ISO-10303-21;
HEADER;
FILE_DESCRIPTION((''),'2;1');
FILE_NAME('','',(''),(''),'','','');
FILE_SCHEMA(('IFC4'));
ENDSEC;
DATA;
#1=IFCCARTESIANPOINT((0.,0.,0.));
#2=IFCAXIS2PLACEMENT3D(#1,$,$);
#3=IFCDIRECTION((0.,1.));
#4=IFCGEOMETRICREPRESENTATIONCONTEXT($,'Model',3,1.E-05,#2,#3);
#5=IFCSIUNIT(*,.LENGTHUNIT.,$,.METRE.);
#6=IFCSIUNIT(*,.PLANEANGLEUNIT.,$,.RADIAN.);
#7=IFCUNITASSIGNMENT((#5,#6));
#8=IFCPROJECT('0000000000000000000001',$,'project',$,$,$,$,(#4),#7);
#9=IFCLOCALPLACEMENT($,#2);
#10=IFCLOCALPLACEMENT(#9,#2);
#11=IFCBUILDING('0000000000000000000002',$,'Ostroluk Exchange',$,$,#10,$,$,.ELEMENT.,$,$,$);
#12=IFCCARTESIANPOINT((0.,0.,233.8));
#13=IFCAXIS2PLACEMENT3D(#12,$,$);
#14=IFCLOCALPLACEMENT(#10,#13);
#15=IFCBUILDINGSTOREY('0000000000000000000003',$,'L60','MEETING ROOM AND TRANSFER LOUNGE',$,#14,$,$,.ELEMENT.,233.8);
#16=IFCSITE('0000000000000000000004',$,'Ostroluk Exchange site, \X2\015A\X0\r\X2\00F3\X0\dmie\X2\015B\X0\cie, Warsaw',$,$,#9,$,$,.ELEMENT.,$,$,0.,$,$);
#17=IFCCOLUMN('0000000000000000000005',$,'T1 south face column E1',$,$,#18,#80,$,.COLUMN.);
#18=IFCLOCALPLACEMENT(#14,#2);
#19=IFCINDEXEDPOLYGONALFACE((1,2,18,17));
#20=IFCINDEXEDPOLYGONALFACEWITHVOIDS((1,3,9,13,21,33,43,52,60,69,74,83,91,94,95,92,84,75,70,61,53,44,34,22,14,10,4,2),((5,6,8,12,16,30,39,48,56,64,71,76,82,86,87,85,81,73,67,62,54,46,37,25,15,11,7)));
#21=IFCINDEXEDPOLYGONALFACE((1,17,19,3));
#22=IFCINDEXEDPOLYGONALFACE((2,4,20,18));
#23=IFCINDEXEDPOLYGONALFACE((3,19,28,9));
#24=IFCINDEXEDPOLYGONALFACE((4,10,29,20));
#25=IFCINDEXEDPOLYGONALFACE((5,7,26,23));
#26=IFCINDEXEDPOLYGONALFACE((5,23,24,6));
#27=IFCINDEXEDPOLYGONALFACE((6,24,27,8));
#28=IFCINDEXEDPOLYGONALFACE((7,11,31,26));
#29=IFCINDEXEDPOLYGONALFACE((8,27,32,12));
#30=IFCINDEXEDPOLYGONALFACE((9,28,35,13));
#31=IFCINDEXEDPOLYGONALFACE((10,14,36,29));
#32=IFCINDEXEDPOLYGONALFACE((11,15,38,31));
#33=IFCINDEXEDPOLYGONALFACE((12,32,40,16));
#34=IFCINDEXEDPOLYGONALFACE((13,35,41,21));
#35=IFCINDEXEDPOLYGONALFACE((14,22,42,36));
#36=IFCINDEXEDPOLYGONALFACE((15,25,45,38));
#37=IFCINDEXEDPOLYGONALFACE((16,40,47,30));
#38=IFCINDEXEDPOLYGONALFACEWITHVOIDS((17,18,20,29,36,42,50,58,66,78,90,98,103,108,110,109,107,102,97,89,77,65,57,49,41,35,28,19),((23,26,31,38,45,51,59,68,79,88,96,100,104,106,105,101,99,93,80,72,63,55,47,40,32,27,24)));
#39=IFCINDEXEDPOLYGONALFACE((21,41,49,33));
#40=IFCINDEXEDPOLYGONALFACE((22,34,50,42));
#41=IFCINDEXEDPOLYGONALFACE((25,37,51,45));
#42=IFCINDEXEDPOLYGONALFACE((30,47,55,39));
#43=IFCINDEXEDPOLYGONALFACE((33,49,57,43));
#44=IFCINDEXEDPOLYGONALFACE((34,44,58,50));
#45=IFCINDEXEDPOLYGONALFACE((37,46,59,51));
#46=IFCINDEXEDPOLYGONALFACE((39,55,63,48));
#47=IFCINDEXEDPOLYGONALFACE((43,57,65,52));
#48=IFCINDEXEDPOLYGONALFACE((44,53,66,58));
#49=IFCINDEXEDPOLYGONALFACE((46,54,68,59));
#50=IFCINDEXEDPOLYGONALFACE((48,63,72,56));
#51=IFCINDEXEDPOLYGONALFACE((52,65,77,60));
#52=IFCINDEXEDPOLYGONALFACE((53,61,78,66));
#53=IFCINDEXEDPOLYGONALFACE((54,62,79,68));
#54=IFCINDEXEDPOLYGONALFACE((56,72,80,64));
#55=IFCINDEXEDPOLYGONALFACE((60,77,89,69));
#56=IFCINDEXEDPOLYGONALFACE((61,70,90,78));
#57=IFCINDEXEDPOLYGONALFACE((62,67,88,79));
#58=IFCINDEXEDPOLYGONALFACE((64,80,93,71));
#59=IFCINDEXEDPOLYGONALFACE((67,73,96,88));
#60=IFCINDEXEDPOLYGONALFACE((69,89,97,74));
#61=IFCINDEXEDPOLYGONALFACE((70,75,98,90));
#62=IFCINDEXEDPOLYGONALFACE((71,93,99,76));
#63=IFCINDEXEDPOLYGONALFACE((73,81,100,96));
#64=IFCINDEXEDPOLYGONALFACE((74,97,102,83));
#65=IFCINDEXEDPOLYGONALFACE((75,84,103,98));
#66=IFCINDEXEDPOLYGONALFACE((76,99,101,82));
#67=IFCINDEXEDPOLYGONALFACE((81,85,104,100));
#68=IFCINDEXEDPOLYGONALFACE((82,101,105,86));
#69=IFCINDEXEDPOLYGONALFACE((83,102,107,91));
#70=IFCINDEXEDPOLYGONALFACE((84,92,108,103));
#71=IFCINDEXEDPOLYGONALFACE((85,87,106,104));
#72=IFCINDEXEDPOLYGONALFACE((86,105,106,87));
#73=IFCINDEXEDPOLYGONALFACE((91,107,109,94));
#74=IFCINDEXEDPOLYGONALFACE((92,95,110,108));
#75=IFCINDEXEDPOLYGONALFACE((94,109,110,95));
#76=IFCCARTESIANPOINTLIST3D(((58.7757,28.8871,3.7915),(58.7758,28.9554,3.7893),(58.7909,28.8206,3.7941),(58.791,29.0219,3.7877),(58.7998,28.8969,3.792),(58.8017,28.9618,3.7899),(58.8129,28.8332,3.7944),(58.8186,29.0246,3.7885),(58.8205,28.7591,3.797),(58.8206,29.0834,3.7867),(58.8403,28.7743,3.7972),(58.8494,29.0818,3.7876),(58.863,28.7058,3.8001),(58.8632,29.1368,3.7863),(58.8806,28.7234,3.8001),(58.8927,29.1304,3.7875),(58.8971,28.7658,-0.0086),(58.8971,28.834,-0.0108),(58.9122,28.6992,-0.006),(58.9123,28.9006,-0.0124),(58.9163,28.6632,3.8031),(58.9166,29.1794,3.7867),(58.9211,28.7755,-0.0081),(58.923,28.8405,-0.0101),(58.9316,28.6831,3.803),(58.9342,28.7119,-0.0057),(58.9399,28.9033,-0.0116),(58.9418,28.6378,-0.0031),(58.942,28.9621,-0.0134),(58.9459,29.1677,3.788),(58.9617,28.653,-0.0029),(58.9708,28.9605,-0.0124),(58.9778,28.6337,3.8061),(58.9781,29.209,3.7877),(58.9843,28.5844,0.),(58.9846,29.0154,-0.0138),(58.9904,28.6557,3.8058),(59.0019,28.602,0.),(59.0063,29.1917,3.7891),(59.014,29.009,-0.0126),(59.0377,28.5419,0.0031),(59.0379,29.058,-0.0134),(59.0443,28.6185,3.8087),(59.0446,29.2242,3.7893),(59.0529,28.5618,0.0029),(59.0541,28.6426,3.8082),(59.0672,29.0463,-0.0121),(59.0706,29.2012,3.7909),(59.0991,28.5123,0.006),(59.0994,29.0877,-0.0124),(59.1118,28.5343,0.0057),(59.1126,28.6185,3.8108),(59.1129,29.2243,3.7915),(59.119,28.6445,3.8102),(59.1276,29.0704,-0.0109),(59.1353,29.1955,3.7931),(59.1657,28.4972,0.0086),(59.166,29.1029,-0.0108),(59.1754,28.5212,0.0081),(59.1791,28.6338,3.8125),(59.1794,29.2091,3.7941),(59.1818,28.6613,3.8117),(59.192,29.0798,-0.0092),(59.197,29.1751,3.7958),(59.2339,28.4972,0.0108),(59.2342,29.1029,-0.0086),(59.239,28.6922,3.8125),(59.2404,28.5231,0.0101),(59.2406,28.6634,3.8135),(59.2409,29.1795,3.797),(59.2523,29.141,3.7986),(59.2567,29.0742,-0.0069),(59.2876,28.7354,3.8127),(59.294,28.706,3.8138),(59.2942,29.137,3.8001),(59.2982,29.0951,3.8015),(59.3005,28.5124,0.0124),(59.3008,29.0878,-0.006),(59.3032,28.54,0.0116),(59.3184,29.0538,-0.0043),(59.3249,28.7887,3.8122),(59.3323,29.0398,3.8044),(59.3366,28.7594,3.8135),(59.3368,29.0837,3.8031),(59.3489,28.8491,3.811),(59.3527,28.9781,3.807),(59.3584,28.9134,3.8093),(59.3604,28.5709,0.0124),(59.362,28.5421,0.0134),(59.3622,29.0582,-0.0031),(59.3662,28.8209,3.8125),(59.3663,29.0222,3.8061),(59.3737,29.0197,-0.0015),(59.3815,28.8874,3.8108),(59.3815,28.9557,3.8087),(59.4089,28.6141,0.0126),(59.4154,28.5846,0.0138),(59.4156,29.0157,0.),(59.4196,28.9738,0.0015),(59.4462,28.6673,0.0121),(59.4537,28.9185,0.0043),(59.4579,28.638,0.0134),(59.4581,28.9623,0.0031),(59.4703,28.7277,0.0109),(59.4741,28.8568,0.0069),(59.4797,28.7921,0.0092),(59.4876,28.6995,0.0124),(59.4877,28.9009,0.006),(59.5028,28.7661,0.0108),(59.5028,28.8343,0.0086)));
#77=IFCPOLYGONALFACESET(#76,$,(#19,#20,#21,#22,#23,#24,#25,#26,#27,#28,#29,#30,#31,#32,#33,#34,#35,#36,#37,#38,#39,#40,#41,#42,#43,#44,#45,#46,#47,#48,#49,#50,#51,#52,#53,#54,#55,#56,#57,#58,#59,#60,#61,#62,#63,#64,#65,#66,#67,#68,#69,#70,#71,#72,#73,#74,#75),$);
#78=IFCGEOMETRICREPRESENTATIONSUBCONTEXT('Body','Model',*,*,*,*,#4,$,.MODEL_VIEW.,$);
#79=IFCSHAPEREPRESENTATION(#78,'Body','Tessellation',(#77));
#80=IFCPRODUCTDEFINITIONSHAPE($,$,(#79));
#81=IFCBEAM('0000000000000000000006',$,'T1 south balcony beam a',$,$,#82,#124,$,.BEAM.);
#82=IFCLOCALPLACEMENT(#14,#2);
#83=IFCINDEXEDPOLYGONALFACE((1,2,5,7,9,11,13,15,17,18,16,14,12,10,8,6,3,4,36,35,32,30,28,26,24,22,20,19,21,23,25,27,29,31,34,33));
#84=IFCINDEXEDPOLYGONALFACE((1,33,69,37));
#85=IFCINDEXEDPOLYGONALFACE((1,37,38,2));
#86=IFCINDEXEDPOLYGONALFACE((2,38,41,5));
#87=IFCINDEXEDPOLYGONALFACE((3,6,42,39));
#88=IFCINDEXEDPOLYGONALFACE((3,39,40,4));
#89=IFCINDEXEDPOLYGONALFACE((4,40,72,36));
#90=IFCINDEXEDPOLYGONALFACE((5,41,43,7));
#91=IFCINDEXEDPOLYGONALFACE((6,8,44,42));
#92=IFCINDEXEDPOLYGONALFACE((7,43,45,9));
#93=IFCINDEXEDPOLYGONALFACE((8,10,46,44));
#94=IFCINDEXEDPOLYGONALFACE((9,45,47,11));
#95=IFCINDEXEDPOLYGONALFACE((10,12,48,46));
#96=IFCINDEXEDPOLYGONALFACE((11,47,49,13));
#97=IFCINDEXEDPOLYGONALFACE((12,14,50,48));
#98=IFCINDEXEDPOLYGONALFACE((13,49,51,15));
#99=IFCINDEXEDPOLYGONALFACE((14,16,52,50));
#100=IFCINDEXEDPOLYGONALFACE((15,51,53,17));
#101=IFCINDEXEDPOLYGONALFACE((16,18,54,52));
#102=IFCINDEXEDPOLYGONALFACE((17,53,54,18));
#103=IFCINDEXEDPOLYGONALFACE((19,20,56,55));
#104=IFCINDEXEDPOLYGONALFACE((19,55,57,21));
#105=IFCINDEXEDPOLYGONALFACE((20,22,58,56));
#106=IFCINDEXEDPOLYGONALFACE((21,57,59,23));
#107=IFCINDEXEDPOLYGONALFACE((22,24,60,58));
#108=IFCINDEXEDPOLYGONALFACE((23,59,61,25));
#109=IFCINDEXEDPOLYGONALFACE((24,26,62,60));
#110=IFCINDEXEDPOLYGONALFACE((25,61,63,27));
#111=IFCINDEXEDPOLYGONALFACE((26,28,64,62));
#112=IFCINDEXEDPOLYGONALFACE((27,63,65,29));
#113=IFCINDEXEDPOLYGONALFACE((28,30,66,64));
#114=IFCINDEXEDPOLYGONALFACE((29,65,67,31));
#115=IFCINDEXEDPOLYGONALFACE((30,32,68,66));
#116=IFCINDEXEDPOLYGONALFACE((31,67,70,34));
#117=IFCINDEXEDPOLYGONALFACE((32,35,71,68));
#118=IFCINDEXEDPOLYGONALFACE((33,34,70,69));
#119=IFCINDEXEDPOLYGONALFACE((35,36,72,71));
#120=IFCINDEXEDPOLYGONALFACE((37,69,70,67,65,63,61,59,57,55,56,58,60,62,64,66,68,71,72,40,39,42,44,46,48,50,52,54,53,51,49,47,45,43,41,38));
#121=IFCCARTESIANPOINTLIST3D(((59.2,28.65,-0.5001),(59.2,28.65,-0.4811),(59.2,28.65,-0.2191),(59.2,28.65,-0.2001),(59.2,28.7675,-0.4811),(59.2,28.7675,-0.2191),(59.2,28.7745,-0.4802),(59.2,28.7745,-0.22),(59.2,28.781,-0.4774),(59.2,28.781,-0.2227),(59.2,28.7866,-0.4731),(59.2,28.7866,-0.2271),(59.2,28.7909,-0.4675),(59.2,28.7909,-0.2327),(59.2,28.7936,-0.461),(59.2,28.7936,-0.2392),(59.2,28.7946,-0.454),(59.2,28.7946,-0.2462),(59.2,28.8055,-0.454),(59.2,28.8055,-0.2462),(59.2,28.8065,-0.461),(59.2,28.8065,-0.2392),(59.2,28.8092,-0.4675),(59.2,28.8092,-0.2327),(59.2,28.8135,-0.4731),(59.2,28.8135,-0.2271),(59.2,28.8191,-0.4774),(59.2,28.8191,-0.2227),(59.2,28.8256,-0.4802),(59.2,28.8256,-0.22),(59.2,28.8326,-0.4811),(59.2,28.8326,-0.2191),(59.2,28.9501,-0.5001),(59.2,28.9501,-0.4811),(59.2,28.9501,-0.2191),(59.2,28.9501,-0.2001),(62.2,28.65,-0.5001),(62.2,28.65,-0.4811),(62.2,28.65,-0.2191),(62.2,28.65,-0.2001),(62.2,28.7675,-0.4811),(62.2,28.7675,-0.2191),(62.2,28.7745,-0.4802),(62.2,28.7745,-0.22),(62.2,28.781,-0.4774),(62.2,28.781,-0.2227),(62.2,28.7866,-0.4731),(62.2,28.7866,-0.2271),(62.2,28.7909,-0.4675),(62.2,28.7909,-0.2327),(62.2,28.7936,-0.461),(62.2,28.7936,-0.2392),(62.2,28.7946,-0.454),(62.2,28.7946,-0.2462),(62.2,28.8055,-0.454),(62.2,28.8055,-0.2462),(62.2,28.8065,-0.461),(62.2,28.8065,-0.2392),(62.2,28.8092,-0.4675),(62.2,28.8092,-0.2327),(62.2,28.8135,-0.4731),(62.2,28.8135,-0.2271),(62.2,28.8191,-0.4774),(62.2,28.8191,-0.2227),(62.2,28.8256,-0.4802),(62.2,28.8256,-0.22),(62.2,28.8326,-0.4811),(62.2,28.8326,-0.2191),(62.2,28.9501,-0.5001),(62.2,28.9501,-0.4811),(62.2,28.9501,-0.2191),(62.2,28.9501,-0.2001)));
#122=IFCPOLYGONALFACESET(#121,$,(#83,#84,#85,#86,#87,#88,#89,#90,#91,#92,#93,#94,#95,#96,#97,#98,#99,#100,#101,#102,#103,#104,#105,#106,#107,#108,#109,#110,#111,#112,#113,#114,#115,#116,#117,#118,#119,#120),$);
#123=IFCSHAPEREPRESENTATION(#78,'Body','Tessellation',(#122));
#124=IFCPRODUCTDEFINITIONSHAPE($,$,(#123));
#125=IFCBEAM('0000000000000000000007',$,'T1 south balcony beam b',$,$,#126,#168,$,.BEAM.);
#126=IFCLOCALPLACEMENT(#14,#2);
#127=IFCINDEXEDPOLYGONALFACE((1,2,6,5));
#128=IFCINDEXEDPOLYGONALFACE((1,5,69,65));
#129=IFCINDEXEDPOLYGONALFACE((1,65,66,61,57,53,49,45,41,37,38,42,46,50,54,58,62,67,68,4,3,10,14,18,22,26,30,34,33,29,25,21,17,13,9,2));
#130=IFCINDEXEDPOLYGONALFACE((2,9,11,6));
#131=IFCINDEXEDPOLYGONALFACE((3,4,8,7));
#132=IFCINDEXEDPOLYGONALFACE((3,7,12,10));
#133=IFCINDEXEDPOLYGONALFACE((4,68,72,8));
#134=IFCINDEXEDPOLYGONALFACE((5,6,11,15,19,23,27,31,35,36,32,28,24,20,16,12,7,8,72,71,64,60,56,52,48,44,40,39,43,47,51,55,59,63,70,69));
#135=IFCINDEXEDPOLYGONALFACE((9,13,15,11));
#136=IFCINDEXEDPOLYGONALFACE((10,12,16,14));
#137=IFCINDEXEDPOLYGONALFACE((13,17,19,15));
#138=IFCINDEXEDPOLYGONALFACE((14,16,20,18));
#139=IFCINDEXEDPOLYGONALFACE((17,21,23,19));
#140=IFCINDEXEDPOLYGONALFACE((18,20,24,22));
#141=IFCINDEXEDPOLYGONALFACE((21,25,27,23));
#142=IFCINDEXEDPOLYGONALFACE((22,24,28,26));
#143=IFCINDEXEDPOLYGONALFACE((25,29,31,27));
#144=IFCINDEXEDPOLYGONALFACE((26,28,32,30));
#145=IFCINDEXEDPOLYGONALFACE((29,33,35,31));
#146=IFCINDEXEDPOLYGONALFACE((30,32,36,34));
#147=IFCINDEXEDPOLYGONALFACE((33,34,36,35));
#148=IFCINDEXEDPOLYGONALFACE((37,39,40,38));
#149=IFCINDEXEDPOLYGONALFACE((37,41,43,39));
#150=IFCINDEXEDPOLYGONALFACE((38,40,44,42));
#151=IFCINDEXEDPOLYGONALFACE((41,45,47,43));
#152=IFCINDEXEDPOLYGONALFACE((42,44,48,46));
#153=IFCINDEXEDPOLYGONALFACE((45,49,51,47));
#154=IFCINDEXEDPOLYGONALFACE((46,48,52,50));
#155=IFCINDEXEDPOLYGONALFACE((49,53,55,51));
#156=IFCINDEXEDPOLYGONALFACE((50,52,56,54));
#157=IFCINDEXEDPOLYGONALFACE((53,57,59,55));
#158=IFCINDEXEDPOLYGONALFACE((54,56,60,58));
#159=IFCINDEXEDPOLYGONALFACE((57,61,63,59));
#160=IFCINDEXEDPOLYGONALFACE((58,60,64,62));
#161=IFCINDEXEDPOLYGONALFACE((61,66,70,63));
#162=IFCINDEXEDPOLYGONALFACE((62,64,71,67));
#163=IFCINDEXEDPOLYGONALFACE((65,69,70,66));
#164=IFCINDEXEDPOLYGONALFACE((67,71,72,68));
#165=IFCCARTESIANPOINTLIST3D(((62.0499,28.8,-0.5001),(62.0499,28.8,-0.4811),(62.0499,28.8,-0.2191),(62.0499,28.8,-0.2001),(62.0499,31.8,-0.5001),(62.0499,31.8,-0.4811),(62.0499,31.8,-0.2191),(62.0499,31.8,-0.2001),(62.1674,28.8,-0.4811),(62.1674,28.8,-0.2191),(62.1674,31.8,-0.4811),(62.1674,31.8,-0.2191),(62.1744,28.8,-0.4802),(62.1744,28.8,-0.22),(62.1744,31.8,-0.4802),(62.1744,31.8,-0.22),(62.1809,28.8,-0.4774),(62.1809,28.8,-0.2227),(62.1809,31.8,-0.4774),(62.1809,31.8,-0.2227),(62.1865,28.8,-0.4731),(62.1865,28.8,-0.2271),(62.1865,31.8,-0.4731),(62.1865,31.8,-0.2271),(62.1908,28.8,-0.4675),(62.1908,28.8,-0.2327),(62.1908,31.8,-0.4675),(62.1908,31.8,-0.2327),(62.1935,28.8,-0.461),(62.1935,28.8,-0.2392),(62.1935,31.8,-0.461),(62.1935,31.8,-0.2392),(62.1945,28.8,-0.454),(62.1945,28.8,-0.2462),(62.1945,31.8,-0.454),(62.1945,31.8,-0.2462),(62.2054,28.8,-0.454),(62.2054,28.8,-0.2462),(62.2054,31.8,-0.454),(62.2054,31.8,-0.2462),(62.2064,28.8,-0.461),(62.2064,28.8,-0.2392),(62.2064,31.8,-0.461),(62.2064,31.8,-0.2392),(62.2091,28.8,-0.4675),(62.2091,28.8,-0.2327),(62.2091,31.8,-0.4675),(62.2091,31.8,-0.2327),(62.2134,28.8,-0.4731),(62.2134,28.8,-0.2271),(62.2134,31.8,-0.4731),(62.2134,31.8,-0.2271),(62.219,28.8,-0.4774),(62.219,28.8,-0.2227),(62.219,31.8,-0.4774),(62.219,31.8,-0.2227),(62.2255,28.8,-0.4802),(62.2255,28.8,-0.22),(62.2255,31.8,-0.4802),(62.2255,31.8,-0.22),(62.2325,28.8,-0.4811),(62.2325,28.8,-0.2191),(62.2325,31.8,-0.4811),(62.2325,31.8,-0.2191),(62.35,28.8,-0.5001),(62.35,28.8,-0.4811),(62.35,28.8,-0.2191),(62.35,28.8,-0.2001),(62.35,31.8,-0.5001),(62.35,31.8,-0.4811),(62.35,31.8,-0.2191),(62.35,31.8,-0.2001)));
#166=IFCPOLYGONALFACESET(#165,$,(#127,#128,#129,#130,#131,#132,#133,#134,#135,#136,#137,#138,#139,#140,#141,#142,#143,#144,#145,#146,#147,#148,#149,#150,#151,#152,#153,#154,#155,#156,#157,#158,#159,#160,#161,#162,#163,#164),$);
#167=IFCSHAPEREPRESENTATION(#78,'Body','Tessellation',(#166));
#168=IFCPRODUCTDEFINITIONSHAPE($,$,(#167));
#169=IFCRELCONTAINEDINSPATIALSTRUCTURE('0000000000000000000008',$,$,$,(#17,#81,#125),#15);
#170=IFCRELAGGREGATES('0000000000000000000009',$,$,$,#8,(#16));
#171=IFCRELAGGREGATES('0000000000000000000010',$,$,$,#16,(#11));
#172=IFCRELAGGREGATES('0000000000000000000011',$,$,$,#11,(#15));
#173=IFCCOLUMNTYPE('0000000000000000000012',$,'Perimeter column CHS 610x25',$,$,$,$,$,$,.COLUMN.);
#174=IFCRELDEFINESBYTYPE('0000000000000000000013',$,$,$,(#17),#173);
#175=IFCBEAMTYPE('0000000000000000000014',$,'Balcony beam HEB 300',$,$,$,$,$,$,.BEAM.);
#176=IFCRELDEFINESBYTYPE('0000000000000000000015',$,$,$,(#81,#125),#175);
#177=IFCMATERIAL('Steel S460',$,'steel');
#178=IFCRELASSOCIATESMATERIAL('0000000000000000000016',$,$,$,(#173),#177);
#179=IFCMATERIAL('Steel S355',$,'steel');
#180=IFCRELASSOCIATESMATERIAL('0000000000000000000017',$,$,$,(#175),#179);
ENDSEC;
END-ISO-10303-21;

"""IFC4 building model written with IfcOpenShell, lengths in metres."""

from ifc_helpers import new_model, si_unit, direction, frame, origin, origin_2d, place, context, subcontext, project, spatial, hollow_circle, i_section, extrude, material, material_profile, profile_set, type_object, element, save


model = new_model("IFC4")

# Units and contexts
model_context = context("Model", 3, precision=1e-05, world=origin(), true_north=direction((0.0, 1.0)))
body_context = subcontext(model_context, "Body", "Model", "MODEL_VIEW")
ifc_project = project(units=[si_unit("LENGTHUNIT", "METRE"), si_unit("PLANEANGLEUNIT", "RADIAN")], contexts=[model_context])

# Site, building, storey
site_placement = place(None, origin())
site = spatial("IfcSite", under=ifc_project, at=site_placement, Name="Ostroluk Exchange site, Śródmieście, Warsaw", CompositionType="ELEMENT", RefElevation=0.0)
building_placement = place(site_placement, origin())
building = spatial("IfcBuilding", under=site, at=building_placement, Name="Ostroluk Exchange", CompositionType="ELEMENT")
storey_placement = place(building_placement, frame((0.0, 0.0, 233.8)))
storey = spatial("IfcBuildingStorey", under=building, at=storey_placement, Name="L60", Description="MEETING ROOM AND TRANSFER LOUNGE", CompositionType="ELEMENT", Elevation=233.8)

# Column
ifc_material_1 = material(Name="Steel S460", Category="steel")
ifc_material_profile_1 = material_profile(ifc_material_1, hollow_circle(Radius=0.3049, WallThickness=0.0249, at=origin_2d()), Name="CHS 610x25")
ifc_profile_set_1 = profile_set([ifc_material_profile_1], Name="Steel S460")
column_type_1 = type_object("IfcColumnType", Name="Perimeter column CHS 610x25", PredefinedType="COLUMN", material=ifc_profile_set_1)
column_1_placement = place(storey_placement, frame((59.2, 28.8, 0.0), z_axis=(-0.031898, 0.031898, 0.998982), x_axis=(-0.707107, -0.707107, 0.0)))
element("IfcColumn", 1, at=column_1_placement, inside=storey, type_object=column_type_1, Name="T1 south face column E1", PredefinedType="COLUMN", context=body_context, shape_type="SweptSolid", body=[
    extrude(hollow_circle(Radius=0.3049, WallThickness=0.0249, at=origin_2d()), origin(), (0.0, 0.0, 1.0), 3.804),
])

# Beams
ifc_material_2 = material(Name="Steel S355", Category="steel")
ifc_material_profile_2 = material_profile(ifc_material_2, i_section(OverallWidth=0.3, OverallDepth=0.3, WebThickness=0.011, FlangeThickness=0.019, FilletRadius=0.0271, at=origin_2d()), Name="HEB 300")
ifc_profile_set_2 = profile_set([ifc_material_profile_2], Name="Steel S355")
beam_type_1 = type_object("IfcBeamType", Name="Balcony beam HEB 300", PredefinedType="BEAM", material=ifc_profile_set_2)
for number, where, z_axis, x_axis, name in (
    (2, (59.2, 28.8, -0.3501), (1.0, 0.0, 0.0), (0.0, 1.0, 0.0), "T1 south balcony beam a"),
    (3, (62.2, 31.8, -0.3501), (0.0, -1.0, 0.0), (1.0, 0.0, 0.0), "T1 south balcony beam b"),
):
    element("IfcBeam", number, at=place(storey_placement, frame(where, z_axis=z_axis, x_axis=x_axis)), inside=storey, type_object=beam_type_1, Name=name, PredefinedType="BEAM", context=body_context, shape_type="SweptSolid", body=[
        extrude(i_section(OverallWidth=0.3, OverallDepth=0.3, WebThickness=0.011, FlangeThickness=0.019, FilletRadius=0.0271, at=origin_2d()), origin(), (0.0, 0.0, 1.0), 3.0),
    ])

save(model, "model.ifc")
